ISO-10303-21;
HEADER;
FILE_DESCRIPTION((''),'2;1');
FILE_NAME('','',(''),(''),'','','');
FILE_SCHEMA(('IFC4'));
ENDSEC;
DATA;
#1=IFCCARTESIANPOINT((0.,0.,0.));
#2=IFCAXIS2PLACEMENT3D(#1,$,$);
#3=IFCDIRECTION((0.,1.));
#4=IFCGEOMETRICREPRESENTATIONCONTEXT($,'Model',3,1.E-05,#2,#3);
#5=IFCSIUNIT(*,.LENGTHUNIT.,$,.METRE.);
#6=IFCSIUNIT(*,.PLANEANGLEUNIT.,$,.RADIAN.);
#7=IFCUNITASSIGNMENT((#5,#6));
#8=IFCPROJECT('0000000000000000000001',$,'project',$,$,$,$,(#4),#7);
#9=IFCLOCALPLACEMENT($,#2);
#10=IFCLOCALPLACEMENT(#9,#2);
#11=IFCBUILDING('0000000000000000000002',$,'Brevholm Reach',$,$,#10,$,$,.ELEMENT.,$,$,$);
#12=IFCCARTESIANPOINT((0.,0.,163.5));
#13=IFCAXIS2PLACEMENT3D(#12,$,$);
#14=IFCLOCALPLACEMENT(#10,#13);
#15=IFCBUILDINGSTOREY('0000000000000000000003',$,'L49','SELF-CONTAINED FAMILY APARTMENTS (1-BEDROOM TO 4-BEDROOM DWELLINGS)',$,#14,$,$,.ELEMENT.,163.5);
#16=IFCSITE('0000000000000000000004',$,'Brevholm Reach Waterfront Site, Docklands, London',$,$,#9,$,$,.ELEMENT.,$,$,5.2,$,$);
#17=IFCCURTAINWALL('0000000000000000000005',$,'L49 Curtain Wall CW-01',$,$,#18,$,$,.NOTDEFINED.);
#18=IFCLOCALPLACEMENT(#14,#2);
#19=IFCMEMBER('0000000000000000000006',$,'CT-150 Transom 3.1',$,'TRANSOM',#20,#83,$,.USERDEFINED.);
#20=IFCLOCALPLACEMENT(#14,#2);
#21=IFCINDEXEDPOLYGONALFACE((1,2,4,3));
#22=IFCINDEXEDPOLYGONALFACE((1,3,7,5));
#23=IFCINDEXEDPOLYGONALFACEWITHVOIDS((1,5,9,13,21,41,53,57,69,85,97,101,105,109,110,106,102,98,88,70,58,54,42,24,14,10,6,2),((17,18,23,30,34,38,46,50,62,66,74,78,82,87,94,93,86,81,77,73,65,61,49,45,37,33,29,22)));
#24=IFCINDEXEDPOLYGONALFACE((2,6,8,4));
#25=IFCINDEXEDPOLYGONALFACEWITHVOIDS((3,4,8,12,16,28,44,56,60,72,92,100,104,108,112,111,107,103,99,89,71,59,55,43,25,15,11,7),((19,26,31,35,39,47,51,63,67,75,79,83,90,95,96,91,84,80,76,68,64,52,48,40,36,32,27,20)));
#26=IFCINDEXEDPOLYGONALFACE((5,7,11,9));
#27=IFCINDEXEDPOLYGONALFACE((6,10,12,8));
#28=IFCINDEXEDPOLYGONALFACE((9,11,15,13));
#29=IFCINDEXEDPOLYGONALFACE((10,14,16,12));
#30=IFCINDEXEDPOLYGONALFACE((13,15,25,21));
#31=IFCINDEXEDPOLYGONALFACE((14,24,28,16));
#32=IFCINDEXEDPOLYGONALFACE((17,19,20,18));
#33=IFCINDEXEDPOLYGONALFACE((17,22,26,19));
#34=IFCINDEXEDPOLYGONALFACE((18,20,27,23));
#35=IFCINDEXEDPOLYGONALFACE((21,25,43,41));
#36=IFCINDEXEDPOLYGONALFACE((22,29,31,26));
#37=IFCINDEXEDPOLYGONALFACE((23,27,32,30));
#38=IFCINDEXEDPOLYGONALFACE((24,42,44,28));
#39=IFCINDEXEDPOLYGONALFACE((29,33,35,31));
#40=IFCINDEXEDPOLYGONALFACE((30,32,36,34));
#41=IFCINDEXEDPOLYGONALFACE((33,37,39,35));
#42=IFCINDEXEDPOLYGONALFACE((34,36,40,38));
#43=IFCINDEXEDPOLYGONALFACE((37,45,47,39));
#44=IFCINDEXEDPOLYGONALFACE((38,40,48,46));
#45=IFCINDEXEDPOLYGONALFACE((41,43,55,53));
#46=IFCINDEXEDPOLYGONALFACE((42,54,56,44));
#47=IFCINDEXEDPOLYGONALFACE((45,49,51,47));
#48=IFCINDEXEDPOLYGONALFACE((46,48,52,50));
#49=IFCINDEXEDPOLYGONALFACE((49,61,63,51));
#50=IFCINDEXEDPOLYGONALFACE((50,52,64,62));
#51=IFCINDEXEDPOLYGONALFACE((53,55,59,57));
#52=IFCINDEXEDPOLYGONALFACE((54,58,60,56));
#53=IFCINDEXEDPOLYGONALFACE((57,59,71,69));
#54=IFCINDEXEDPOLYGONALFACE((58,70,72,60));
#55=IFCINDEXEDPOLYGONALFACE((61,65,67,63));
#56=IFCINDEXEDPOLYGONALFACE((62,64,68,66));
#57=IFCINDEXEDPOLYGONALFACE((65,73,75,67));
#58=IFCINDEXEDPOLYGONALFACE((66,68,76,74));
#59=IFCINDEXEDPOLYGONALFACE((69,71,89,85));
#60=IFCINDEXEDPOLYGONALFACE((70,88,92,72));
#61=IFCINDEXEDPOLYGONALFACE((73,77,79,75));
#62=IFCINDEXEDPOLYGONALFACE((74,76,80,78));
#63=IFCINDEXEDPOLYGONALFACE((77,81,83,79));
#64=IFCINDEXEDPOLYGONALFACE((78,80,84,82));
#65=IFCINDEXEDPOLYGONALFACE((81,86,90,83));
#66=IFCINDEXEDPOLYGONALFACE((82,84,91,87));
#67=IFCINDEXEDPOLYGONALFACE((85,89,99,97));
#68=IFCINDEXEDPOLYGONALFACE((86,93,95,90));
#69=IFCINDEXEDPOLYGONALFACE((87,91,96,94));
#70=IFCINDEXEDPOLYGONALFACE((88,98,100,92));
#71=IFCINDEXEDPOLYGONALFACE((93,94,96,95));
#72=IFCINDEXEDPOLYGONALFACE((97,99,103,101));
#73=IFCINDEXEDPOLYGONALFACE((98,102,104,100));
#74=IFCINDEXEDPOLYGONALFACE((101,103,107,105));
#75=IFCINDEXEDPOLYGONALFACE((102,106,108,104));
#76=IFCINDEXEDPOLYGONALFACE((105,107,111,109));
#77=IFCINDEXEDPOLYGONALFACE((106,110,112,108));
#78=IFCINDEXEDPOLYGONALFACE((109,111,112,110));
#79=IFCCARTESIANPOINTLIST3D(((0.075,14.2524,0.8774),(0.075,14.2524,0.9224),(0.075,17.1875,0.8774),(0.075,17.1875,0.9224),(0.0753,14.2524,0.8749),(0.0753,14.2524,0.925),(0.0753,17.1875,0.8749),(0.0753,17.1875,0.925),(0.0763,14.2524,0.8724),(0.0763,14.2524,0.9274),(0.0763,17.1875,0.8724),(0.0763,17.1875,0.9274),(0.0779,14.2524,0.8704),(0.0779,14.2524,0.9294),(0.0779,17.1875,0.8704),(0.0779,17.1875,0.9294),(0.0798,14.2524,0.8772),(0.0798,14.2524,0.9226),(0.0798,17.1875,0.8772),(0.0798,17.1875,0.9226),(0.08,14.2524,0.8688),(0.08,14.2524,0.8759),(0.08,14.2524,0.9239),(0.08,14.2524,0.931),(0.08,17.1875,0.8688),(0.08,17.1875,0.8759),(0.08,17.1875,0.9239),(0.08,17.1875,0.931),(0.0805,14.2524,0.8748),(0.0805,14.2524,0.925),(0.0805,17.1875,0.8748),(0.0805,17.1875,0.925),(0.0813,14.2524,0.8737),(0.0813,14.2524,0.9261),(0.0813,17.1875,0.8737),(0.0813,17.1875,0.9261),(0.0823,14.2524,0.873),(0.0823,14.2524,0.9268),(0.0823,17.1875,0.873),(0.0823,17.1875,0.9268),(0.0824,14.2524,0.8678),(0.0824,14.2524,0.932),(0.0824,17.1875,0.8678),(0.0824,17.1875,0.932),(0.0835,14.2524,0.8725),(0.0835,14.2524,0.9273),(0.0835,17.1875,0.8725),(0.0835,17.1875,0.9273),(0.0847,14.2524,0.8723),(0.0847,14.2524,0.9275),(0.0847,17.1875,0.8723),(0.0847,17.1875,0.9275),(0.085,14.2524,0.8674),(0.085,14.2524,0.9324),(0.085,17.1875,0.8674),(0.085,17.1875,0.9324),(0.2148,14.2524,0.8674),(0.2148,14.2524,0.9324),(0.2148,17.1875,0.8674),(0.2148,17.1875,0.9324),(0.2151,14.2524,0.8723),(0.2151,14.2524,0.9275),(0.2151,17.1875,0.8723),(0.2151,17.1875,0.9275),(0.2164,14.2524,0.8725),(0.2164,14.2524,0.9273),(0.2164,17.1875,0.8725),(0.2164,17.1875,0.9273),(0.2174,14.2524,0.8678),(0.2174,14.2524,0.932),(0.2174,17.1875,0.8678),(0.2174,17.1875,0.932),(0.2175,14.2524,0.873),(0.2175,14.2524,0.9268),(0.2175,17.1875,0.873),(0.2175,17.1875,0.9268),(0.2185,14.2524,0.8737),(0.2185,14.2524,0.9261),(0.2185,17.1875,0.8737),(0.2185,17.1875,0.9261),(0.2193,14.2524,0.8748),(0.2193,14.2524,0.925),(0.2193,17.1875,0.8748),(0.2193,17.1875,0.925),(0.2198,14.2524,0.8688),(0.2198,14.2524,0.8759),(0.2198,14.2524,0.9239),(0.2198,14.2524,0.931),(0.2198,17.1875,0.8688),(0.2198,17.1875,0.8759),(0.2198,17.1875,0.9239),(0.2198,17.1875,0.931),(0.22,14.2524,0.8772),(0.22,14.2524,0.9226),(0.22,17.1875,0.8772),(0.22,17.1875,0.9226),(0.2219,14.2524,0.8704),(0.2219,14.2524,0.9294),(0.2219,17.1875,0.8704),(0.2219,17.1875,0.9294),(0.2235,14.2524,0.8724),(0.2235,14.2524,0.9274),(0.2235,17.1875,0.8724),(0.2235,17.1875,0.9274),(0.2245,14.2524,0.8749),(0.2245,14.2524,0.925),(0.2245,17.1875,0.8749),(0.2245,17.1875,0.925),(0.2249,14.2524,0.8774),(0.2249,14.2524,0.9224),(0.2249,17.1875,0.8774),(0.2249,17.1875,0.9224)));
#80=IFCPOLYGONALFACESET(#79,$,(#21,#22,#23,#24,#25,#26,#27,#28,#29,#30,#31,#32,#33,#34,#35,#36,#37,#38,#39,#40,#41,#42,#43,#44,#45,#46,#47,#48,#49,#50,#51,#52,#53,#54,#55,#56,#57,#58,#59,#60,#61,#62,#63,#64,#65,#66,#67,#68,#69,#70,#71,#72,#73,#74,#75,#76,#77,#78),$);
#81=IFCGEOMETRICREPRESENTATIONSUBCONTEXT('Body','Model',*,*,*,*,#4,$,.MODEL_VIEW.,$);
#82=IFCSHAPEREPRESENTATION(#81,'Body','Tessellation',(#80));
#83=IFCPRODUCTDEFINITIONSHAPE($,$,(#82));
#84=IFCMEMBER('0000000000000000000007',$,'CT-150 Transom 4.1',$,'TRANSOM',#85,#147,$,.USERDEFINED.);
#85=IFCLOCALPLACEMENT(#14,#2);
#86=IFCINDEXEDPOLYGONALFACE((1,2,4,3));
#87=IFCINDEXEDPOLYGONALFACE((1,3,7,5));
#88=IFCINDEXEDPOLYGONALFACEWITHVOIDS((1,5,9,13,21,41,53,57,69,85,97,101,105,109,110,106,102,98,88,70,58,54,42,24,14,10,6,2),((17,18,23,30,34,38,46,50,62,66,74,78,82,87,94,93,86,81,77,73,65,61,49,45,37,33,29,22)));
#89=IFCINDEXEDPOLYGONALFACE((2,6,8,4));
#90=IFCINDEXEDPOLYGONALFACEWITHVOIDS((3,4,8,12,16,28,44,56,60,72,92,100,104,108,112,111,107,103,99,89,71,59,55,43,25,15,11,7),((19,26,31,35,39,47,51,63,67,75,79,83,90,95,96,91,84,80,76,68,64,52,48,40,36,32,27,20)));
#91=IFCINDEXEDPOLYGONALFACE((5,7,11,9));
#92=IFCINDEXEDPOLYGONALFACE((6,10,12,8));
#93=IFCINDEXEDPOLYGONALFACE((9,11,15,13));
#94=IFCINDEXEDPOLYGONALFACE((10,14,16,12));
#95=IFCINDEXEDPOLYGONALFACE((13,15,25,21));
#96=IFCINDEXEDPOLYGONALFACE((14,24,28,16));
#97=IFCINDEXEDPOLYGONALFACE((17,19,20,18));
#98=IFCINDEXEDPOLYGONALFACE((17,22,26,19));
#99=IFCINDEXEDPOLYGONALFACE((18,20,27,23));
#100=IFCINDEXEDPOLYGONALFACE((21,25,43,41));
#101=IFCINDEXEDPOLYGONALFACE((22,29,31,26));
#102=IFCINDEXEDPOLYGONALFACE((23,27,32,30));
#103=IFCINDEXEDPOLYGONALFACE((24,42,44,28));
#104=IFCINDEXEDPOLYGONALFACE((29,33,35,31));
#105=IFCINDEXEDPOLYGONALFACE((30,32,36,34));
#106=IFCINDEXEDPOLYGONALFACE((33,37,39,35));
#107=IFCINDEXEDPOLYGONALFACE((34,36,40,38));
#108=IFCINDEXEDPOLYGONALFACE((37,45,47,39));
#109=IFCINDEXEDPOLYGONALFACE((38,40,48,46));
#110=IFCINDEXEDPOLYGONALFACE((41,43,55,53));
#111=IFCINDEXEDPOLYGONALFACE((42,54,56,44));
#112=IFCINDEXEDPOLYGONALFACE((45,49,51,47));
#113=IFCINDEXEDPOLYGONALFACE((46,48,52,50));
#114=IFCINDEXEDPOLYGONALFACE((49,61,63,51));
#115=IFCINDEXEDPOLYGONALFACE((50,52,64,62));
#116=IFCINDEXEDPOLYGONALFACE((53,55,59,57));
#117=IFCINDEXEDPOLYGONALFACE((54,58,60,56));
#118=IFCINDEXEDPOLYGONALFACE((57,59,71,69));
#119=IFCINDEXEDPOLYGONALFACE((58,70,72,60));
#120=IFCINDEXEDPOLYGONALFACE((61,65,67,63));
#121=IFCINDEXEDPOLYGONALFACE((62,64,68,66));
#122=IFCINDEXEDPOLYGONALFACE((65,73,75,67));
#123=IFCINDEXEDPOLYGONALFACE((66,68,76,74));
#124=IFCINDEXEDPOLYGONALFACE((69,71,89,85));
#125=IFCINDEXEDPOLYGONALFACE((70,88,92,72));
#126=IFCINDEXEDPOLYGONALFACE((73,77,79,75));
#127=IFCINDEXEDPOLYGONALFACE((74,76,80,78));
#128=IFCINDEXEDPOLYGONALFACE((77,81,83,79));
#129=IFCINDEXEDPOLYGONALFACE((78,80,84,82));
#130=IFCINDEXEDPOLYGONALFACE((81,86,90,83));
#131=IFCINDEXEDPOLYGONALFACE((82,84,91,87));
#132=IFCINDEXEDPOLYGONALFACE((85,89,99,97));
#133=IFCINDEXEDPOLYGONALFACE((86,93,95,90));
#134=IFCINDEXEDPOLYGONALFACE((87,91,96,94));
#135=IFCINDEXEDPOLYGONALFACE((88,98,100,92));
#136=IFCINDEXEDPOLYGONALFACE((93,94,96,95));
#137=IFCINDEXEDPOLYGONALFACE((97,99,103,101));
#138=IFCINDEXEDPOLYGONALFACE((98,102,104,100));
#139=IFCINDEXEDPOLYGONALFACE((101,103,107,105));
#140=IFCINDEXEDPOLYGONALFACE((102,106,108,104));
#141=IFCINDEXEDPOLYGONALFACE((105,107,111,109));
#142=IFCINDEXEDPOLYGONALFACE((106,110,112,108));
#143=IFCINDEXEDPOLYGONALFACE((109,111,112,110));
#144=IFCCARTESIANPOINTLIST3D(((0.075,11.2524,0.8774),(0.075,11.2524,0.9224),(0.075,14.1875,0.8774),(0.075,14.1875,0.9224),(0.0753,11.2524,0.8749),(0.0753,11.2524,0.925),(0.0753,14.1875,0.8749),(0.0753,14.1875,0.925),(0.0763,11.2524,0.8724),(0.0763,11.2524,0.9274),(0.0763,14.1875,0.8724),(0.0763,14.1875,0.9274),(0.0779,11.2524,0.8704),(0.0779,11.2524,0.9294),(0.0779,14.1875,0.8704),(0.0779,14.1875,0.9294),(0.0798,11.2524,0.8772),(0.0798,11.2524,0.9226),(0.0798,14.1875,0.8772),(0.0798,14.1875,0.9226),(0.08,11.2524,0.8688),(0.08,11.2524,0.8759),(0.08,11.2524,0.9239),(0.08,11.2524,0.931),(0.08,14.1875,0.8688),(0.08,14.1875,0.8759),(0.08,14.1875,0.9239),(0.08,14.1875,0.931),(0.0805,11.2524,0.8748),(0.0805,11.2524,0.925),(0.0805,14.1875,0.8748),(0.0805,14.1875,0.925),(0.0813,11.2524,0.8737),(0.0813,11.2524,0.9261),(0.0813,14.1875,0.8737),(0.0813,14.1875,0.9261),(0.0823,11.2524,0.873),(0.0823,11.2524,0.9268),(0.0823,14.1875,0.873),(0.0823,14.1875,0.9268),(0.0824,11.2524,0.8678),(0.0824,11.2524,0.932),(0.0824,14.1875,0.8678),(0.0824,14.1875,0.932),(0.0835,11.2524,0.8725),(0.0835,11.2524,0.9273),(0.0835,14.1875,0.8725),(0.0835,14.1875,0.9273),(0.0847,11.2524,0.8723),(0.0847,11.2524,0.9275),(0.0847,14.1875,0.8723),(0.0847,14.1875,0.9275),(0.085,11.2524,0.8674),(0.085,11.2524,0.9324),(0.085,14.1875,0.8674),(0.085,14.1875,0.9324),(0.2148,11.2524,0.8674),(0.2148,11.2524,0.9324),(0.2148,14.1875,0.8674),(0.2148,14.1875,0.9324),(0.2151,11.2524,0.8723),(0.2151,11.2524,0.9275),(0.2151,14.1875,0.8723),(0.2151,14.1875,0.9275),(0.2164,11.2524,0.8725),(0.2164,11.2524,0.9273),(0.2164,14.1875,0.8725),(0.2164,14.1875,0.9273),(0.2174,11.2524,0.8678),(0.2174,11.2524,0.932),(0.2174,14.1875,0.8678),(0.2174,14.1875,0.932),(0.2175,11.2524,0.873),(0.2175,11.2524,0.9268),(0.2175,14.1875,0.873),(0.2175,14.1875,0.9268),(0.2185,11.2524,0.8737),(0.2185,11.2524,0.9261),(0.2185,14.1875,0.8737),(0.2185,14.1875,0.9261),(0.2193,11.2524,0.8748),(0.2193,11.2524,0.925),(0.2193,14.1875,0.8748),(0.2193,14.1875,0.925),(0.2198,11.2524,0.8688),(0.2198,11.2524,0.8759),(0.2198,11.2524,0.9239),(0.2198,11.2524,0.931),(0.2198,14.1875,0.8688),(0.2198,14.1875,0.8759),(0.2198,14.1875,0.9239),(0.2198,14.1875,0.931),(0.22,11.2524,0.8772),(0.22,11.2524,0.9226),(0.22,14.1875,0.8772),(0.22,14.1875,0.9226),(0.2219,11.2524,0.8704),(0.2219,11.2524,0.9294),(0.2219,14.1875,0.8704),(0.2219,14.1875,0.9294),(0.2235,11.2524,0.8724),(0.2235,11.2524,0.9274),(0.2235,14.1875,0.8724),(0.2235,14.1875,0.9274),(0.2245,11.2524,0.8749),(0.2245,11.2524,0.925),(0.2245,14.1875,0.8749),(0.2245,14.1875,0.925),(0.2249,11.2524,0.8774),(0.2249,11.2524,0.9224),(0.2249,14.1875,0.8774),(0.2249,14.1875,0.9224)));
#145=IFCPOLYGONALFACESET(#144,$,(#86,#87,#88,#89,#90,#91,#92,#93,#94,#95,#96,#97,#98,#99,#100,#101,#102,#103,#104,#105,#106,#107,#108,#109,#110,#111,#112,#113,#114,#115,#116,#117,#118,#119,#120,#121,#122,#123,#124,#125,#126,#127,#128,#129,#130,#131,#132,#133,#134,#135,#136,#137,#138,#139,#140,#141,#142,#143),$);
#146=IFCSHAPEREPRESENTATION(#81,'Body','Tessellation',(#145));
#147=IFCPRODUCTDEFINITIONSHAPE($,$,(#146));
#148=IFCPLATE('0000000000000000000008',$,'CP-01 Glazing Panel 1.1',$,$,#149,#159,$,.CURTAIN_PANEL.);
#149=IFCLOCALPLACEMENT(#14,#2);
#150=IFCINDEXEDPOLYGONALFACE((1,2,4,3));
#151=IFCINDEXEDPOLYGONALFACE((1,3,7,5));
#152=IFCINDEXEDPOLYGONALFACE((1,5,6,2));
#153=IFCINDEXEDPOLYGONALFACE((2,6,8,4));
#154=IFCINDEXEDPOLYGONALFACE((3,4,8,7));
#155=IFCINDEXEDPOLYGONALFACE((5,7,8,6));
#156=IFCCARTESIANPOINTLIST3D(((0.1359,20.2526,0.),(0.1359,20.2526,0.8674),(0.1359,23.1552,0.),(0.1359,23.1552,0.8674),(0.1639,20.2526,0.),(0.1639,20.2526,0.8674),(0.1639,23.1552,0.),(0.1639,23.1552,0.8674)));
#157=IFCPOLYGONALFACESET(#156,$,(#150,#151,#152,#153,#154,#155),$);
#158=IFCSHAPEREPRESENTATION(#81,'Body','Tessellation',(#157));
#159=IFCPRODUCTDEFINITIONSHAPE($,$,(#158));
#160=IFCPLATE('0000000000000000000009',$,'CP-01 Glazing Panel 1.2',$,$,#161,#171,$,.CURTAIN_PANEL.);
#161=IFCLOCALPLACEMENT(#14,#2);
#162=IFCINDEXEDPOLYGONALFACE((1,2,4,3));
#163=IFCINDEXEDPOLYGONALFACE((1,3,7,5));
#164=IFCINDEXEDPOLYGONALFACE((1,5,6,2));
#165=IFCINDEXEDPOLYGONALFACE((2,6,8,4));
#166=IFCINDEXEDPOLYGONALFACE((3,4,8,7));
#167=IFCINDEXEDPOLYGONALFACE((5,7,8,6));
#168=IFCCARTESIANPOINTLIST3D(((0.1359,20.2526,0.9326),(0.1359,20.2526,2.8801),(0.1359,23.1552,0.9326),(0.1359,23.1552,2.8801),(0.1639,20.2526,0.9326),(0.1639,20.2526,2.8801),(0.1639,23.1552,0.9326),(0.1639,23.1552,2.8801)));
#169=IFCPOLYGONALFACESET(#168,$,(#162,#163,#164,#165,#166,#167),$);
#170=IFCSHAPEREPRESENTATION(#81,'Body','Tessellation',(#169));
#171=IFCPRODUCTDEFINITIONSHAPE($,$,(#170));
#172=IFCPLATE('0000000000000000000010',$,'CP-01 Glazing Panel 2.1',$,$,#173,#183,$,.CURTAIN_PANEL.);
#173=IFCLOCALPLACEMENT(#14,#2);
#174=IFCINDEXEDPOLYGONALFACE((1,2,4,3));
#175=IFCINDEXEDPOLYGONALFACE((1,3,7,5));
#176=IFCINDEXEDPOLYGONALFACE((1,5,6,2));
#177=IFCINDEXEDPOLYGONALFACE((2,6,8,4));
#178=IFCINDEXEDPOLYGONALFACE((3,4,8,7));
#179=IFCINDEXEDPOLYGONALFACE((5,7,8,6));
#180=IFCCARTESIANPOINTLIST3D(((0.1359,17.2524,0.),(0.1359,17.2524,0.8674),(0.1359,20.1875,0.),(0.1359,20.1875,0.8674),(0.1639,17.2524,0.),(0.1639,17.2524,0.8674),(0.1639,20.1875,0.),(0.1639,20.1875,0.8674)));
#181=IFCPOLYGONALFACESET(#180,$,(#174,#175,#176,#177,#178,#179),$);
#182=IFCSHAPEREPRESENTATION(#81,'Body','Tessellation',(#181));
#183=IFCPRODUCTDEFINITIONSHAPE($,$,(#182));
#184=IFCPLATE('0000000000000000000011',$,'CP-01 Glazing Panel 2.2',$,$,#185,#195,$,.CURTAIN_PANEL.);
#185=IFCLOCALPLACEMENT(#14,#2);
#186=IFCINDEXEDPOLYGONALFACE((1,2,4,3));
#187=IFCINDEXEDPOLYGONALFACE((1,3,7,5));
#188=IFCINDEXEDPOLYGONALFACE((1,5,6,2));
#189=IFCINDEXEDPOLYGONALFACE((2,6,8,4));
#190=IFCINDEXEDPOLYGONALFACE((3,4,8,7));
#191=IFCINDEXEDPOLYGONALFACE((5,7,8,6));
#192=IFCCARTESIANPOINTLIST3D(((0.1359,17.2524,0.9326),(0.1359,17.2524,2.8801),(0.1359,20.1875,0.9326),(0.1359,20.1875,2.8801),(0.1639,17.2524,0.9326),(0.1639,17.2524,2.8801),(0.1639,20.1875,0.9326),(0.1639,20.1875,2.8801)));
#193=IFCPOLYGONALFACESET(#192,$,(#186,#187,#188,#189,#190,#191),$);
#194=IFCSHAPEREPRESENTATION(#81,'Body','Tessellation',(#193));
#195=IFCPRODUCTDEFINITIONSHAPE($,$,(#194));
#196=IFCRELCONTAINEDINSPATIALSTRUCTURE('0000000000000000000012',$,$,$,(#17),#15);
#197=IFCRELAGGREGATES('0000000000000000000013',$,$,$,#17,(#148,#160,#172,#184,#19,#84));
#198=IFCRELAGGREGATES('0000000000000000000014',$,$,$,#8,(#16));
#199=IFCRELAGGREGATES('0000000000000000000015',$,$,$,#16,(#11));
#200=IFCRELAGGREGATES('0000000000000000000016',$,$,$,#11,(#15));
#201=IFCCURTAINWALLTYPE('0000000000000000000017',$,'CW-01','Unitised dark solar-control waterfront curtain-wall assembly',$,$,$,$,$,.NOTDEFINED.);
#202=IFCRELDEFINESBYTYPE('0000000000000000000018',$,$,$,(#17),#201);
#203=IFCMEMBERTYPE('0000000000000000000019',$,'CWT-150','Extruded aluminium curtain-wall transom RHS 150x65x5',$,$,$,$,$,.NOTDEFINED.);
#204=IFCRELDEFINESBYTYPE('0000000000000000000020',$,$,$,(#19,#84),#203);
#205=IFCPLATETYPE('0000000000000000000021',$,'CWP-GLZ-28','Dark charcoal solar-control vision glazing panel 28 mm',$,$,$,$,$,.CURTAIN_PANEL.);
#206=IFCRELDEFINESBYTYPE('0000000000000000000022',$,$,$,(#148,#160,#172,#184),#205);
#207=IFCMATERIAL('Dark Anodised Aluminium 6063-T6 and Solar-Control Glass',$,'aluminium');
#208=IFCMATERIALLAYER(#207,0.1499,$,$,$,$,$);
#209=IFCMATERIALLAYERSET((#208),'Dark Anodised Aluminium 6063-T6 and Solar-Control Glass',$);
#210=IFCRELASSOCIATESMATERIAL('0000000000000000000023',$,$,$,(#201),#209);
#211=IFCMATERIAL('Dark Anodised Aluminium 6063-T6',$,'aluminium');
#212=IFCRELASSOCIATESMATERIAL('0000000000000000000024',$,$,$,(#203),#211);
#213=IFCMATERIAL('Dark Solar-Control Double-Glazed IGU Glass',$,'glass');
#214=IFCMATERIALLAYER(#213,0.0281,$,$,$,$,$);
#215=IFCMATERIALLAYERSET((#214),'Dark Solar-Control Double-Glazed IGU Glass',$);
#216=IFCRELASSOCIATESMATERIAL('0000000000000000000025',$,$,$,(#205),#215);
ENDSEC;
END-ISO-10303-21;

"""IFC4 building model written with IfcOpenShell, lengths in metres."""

from ifc_helpers import new_model, si_unit, direction, frame, origin, origin_2d, place, context, subcontext, project, spatial, rectangle, hollow_rectangle, extrude, material, layer, layer_set, material_profile, profile_set, type_object, element, aggregate, save


model = new_model("IFC4")

# Units and contexts
model_context = context("Model", 3, precision=1e-05, world=origin(), true_north=direction((0.0, 1.0)))
body_context = subcontext(model_context, "Body", "Model", "MODEL_VIEW")
ifc_project = project(units=[si_unit("LENGTHUNIT", "METRE"), si_unit("PLANEANGLEUNIT", "RADIAN")], contexts=[model_context])

# Site, building, storey
site_placement = place(None, origin())
site = spatial("IfcSite", under=ifc_project, at=site_placement, Name="Brevholm Reach Waterfront Site, Docklands, London", CompositionType="ELEMENT", RefElevation=5.2)
building_placement = place(site_placement, origin())
building = spatial("IfcBuilding", under=site, at=building_placement, Name="Brevholm Reach", CompositionType="ELEMENT")
storey_placement = place(building_placement, frame((0.0, 0.0, 163.5)))
storey = spatial("IfcBuildingStorey", under=building, at=storey_placement, Name="L49", Description="SELF-CONTAINED FAMILY APARTMENTS (1-BEDROOM TO 4-BEDROOM DWELLINGS)", CompositionType="ELEMENT", Elevation=163.5)

# Curtain wall, members, plates
ifc_material_1 = material(Name="Dark Anodised Aluminium 6063-T6 and Solar-Control Glass", Category="aluminium")
ifc_layer_1 = layer(ifc_material_1, 0.1499)
ifc_layer_set_1 = layer_set([ifc_layer_1], Name="Dark Anodised Aluminium 6063-T6 and Solar-Control Glass")
curtain_wall_type = type_object("IfcCurtainWallType", Name="CW-01", Description="Unitised dark solar-control waterfront curtain-wall assembly", PredefinedType="NOTDEFINED", material=ifc_layer_set_1)
curtain_wall_placement = place(storey_placement, origin())
curtain_wall = element("IfcCurtainWall", 1, at=curtain_wall_placement, inside=storey, type_object=curtain_wall_type, Name="L49 Curtain Wall CW-01", PredefinedType="NOTDEFINED")
ifc_material_2 = material(Name="Dark Anodised Aluminium 6063-T6", Category="aluminium")
ifc_material_profile_1 = material_profile(ifc_material_2, hollow_rectangle(XDim=0.0649, YDim=0.1499, WallThickness=0.0049, InnerFilletRadius=0.0049, OuterFilletRadius=0.01, at=origin_2d()), Name="RHS 150x65x5")
ifc_profile_set_1 = profile_set([ifc_material_profile_1], Name="Dark Anodised Aluminium 6063-T6")
member_type_1 = type_object("IfcMemberType", Name="CWT-150", Description="Extruded aluminium curtain-wall transom RHS 150x65x5", PredefinedType="NOTDEFINED", material=ifc_profile_set_1)
member_1_placement = place(storey_placement, frame((0.1499, 17.1875, 0.8999), z_axis=(0.0, -1.0, 0.0), x_axis=(0.0, 0.0, 1.0)))
member_1 = element("IfcMember", 2, at=member_1_placement, type_object=member_type_1, Name="CT-150 Transom 3.1", ObjectType="TRANSOM", PredefinedType="USERDEFINED", context=body_context, shape_type="SweptSolid", body=[
    extrude(hollow_rectangle(XDim=0.0649, YDim=0.1499, WallThickness=0.0049, InnerFilletRadius=0.0049, OuterFilletRadius=0.01, at=origin_2d()), origin(), (0.0, 0.0, 1.0), 2.9351),
])
member_2_placement = place(storey_placement, frame((0.1499, 14.1875, 0.8999), z_axis=(0.0, -1.0, 0.0), x_axis=(0.0, 0.0, 1.0)))
member_2 = element("IfcMember", 3, at=member_2_placement, type_object=member_type_1, Name="CT-150 Transom 4.1", ObjectType="TRANSOM", PredefinedType="USERDEFINED", context=body_context, shape_type="SweptSolid", body=[
    extrude(hollow_rectangle(XDim=0.0649, YDim=0.1499, WallThickness=0.0049, InnerFilletRadius=0.0049, OuterFilletRadius=0.01, at=origin_2d()), origin(), (0.0, 0.0, 1.0), 2.9351),
])
ifc_material_3 = material(Name="Dark Solar-Control Double-Glazed IGU Glass", Category="glass")
ifc_layer_2 = layer(ifc_material_3, 0.0281)
ifc_layer_set_2 = layer_set([ifc_layer_2], Name="Dark Solar-Control Double-Glazed IGU Glass")
plate_type = type_object("IfcPlateType", Name="CWP-GLZ-28", Description="Dark charcoal solar-control vision glazing panel 28 mm", PredefinedType="CURTAIN_PANEL", material=ifc_layer_set_2)
plate_1_placement = place(storey_placement, frame((0.1499, 21.7039, 0.0), z_axis=(0.0, 0.0, 1.0), x_axis=(0.0, -1.0, 0.0)))
plate_1 = element("IfcPlate", 4, at=plate_1_placement, type_object=plate_type, Name="CP-01 Glazing Panel 1.1", PredefinedType="CURTAIN_PANEL", context=body_context, shape_type="SweptSolid", body=[
    extrude(rectangle(XDim=2.9026, YDim=0.0281, at=origin_2d()), origin(), (0.0, 0.0, 1.0), 0.8674),
])
plate_2_placement = place(storey_placement, frame((0.1499, 21.7039, 0.9326), z_axis=(0.0, 0.0, 1.0), x_axis=(0.0, -1.0, 0.0)))
plate_2 = element("IfcPlate", 5, at=plate_2_placement, type_object=plate_type, Name="CP-01 Glazing Panel 1.2", PredefinedType="CURTAIN_PANEL", context=body_context, shape_type="SweptSolid", body=[
    extrude(rectangle(XDim=2.9026, YDim=0.0281, at=origin_2d()), origin(), (0.0, 0.0, 1.0), 1.9475),
])
plate_3_placement = place(storey_placement, frame((0.1499, 18.72, 0.0), z_axis=(0.0, 0.0, 1.0), x_axis=(0.0, -1.0, 0.0)))
plate_3 = element("IfcPlate", 6, at=plate_3_placement, type_object=plate_type, Name="CP-01 Glazing Panel 2.1", PredefinedType="CURTAIN_PANEL", context=body_context, shape_type="SweptSolid", body=[
    extrude(rectangle(XDim=2.9351, YDim=0.0281, at=origin_2d()), origin(), (0.0, 0.0, 1.0), 0.8674),
])
plate_4_placement = place(storey_placement, frame((0.1499, 18.72, 0.9326), z_axis=(0.0, 0.0, 1.0), x_axis=(0.0, -1.0, 0.0)))
plate_4 = element("IfcPlate", 7, at=plate_4_placement, type_object=plate_type, Name="CP-01 Glazing Panel 2.2", PredefinedType="CURTAIN_PANEL", context=body_context, shape_type="SweptSolid", body=[
    extrude(rectangle(XDim=2.9351, YDim=0.0281, at=origin_2d()), origin(), (0.0, 0.0, 1.0), 1.9475),
])
aggregate(curtain_wall, [plate_1, plate_2, plate_3, plate_4, member_1, member_2])

save(model, "model.ifc")
